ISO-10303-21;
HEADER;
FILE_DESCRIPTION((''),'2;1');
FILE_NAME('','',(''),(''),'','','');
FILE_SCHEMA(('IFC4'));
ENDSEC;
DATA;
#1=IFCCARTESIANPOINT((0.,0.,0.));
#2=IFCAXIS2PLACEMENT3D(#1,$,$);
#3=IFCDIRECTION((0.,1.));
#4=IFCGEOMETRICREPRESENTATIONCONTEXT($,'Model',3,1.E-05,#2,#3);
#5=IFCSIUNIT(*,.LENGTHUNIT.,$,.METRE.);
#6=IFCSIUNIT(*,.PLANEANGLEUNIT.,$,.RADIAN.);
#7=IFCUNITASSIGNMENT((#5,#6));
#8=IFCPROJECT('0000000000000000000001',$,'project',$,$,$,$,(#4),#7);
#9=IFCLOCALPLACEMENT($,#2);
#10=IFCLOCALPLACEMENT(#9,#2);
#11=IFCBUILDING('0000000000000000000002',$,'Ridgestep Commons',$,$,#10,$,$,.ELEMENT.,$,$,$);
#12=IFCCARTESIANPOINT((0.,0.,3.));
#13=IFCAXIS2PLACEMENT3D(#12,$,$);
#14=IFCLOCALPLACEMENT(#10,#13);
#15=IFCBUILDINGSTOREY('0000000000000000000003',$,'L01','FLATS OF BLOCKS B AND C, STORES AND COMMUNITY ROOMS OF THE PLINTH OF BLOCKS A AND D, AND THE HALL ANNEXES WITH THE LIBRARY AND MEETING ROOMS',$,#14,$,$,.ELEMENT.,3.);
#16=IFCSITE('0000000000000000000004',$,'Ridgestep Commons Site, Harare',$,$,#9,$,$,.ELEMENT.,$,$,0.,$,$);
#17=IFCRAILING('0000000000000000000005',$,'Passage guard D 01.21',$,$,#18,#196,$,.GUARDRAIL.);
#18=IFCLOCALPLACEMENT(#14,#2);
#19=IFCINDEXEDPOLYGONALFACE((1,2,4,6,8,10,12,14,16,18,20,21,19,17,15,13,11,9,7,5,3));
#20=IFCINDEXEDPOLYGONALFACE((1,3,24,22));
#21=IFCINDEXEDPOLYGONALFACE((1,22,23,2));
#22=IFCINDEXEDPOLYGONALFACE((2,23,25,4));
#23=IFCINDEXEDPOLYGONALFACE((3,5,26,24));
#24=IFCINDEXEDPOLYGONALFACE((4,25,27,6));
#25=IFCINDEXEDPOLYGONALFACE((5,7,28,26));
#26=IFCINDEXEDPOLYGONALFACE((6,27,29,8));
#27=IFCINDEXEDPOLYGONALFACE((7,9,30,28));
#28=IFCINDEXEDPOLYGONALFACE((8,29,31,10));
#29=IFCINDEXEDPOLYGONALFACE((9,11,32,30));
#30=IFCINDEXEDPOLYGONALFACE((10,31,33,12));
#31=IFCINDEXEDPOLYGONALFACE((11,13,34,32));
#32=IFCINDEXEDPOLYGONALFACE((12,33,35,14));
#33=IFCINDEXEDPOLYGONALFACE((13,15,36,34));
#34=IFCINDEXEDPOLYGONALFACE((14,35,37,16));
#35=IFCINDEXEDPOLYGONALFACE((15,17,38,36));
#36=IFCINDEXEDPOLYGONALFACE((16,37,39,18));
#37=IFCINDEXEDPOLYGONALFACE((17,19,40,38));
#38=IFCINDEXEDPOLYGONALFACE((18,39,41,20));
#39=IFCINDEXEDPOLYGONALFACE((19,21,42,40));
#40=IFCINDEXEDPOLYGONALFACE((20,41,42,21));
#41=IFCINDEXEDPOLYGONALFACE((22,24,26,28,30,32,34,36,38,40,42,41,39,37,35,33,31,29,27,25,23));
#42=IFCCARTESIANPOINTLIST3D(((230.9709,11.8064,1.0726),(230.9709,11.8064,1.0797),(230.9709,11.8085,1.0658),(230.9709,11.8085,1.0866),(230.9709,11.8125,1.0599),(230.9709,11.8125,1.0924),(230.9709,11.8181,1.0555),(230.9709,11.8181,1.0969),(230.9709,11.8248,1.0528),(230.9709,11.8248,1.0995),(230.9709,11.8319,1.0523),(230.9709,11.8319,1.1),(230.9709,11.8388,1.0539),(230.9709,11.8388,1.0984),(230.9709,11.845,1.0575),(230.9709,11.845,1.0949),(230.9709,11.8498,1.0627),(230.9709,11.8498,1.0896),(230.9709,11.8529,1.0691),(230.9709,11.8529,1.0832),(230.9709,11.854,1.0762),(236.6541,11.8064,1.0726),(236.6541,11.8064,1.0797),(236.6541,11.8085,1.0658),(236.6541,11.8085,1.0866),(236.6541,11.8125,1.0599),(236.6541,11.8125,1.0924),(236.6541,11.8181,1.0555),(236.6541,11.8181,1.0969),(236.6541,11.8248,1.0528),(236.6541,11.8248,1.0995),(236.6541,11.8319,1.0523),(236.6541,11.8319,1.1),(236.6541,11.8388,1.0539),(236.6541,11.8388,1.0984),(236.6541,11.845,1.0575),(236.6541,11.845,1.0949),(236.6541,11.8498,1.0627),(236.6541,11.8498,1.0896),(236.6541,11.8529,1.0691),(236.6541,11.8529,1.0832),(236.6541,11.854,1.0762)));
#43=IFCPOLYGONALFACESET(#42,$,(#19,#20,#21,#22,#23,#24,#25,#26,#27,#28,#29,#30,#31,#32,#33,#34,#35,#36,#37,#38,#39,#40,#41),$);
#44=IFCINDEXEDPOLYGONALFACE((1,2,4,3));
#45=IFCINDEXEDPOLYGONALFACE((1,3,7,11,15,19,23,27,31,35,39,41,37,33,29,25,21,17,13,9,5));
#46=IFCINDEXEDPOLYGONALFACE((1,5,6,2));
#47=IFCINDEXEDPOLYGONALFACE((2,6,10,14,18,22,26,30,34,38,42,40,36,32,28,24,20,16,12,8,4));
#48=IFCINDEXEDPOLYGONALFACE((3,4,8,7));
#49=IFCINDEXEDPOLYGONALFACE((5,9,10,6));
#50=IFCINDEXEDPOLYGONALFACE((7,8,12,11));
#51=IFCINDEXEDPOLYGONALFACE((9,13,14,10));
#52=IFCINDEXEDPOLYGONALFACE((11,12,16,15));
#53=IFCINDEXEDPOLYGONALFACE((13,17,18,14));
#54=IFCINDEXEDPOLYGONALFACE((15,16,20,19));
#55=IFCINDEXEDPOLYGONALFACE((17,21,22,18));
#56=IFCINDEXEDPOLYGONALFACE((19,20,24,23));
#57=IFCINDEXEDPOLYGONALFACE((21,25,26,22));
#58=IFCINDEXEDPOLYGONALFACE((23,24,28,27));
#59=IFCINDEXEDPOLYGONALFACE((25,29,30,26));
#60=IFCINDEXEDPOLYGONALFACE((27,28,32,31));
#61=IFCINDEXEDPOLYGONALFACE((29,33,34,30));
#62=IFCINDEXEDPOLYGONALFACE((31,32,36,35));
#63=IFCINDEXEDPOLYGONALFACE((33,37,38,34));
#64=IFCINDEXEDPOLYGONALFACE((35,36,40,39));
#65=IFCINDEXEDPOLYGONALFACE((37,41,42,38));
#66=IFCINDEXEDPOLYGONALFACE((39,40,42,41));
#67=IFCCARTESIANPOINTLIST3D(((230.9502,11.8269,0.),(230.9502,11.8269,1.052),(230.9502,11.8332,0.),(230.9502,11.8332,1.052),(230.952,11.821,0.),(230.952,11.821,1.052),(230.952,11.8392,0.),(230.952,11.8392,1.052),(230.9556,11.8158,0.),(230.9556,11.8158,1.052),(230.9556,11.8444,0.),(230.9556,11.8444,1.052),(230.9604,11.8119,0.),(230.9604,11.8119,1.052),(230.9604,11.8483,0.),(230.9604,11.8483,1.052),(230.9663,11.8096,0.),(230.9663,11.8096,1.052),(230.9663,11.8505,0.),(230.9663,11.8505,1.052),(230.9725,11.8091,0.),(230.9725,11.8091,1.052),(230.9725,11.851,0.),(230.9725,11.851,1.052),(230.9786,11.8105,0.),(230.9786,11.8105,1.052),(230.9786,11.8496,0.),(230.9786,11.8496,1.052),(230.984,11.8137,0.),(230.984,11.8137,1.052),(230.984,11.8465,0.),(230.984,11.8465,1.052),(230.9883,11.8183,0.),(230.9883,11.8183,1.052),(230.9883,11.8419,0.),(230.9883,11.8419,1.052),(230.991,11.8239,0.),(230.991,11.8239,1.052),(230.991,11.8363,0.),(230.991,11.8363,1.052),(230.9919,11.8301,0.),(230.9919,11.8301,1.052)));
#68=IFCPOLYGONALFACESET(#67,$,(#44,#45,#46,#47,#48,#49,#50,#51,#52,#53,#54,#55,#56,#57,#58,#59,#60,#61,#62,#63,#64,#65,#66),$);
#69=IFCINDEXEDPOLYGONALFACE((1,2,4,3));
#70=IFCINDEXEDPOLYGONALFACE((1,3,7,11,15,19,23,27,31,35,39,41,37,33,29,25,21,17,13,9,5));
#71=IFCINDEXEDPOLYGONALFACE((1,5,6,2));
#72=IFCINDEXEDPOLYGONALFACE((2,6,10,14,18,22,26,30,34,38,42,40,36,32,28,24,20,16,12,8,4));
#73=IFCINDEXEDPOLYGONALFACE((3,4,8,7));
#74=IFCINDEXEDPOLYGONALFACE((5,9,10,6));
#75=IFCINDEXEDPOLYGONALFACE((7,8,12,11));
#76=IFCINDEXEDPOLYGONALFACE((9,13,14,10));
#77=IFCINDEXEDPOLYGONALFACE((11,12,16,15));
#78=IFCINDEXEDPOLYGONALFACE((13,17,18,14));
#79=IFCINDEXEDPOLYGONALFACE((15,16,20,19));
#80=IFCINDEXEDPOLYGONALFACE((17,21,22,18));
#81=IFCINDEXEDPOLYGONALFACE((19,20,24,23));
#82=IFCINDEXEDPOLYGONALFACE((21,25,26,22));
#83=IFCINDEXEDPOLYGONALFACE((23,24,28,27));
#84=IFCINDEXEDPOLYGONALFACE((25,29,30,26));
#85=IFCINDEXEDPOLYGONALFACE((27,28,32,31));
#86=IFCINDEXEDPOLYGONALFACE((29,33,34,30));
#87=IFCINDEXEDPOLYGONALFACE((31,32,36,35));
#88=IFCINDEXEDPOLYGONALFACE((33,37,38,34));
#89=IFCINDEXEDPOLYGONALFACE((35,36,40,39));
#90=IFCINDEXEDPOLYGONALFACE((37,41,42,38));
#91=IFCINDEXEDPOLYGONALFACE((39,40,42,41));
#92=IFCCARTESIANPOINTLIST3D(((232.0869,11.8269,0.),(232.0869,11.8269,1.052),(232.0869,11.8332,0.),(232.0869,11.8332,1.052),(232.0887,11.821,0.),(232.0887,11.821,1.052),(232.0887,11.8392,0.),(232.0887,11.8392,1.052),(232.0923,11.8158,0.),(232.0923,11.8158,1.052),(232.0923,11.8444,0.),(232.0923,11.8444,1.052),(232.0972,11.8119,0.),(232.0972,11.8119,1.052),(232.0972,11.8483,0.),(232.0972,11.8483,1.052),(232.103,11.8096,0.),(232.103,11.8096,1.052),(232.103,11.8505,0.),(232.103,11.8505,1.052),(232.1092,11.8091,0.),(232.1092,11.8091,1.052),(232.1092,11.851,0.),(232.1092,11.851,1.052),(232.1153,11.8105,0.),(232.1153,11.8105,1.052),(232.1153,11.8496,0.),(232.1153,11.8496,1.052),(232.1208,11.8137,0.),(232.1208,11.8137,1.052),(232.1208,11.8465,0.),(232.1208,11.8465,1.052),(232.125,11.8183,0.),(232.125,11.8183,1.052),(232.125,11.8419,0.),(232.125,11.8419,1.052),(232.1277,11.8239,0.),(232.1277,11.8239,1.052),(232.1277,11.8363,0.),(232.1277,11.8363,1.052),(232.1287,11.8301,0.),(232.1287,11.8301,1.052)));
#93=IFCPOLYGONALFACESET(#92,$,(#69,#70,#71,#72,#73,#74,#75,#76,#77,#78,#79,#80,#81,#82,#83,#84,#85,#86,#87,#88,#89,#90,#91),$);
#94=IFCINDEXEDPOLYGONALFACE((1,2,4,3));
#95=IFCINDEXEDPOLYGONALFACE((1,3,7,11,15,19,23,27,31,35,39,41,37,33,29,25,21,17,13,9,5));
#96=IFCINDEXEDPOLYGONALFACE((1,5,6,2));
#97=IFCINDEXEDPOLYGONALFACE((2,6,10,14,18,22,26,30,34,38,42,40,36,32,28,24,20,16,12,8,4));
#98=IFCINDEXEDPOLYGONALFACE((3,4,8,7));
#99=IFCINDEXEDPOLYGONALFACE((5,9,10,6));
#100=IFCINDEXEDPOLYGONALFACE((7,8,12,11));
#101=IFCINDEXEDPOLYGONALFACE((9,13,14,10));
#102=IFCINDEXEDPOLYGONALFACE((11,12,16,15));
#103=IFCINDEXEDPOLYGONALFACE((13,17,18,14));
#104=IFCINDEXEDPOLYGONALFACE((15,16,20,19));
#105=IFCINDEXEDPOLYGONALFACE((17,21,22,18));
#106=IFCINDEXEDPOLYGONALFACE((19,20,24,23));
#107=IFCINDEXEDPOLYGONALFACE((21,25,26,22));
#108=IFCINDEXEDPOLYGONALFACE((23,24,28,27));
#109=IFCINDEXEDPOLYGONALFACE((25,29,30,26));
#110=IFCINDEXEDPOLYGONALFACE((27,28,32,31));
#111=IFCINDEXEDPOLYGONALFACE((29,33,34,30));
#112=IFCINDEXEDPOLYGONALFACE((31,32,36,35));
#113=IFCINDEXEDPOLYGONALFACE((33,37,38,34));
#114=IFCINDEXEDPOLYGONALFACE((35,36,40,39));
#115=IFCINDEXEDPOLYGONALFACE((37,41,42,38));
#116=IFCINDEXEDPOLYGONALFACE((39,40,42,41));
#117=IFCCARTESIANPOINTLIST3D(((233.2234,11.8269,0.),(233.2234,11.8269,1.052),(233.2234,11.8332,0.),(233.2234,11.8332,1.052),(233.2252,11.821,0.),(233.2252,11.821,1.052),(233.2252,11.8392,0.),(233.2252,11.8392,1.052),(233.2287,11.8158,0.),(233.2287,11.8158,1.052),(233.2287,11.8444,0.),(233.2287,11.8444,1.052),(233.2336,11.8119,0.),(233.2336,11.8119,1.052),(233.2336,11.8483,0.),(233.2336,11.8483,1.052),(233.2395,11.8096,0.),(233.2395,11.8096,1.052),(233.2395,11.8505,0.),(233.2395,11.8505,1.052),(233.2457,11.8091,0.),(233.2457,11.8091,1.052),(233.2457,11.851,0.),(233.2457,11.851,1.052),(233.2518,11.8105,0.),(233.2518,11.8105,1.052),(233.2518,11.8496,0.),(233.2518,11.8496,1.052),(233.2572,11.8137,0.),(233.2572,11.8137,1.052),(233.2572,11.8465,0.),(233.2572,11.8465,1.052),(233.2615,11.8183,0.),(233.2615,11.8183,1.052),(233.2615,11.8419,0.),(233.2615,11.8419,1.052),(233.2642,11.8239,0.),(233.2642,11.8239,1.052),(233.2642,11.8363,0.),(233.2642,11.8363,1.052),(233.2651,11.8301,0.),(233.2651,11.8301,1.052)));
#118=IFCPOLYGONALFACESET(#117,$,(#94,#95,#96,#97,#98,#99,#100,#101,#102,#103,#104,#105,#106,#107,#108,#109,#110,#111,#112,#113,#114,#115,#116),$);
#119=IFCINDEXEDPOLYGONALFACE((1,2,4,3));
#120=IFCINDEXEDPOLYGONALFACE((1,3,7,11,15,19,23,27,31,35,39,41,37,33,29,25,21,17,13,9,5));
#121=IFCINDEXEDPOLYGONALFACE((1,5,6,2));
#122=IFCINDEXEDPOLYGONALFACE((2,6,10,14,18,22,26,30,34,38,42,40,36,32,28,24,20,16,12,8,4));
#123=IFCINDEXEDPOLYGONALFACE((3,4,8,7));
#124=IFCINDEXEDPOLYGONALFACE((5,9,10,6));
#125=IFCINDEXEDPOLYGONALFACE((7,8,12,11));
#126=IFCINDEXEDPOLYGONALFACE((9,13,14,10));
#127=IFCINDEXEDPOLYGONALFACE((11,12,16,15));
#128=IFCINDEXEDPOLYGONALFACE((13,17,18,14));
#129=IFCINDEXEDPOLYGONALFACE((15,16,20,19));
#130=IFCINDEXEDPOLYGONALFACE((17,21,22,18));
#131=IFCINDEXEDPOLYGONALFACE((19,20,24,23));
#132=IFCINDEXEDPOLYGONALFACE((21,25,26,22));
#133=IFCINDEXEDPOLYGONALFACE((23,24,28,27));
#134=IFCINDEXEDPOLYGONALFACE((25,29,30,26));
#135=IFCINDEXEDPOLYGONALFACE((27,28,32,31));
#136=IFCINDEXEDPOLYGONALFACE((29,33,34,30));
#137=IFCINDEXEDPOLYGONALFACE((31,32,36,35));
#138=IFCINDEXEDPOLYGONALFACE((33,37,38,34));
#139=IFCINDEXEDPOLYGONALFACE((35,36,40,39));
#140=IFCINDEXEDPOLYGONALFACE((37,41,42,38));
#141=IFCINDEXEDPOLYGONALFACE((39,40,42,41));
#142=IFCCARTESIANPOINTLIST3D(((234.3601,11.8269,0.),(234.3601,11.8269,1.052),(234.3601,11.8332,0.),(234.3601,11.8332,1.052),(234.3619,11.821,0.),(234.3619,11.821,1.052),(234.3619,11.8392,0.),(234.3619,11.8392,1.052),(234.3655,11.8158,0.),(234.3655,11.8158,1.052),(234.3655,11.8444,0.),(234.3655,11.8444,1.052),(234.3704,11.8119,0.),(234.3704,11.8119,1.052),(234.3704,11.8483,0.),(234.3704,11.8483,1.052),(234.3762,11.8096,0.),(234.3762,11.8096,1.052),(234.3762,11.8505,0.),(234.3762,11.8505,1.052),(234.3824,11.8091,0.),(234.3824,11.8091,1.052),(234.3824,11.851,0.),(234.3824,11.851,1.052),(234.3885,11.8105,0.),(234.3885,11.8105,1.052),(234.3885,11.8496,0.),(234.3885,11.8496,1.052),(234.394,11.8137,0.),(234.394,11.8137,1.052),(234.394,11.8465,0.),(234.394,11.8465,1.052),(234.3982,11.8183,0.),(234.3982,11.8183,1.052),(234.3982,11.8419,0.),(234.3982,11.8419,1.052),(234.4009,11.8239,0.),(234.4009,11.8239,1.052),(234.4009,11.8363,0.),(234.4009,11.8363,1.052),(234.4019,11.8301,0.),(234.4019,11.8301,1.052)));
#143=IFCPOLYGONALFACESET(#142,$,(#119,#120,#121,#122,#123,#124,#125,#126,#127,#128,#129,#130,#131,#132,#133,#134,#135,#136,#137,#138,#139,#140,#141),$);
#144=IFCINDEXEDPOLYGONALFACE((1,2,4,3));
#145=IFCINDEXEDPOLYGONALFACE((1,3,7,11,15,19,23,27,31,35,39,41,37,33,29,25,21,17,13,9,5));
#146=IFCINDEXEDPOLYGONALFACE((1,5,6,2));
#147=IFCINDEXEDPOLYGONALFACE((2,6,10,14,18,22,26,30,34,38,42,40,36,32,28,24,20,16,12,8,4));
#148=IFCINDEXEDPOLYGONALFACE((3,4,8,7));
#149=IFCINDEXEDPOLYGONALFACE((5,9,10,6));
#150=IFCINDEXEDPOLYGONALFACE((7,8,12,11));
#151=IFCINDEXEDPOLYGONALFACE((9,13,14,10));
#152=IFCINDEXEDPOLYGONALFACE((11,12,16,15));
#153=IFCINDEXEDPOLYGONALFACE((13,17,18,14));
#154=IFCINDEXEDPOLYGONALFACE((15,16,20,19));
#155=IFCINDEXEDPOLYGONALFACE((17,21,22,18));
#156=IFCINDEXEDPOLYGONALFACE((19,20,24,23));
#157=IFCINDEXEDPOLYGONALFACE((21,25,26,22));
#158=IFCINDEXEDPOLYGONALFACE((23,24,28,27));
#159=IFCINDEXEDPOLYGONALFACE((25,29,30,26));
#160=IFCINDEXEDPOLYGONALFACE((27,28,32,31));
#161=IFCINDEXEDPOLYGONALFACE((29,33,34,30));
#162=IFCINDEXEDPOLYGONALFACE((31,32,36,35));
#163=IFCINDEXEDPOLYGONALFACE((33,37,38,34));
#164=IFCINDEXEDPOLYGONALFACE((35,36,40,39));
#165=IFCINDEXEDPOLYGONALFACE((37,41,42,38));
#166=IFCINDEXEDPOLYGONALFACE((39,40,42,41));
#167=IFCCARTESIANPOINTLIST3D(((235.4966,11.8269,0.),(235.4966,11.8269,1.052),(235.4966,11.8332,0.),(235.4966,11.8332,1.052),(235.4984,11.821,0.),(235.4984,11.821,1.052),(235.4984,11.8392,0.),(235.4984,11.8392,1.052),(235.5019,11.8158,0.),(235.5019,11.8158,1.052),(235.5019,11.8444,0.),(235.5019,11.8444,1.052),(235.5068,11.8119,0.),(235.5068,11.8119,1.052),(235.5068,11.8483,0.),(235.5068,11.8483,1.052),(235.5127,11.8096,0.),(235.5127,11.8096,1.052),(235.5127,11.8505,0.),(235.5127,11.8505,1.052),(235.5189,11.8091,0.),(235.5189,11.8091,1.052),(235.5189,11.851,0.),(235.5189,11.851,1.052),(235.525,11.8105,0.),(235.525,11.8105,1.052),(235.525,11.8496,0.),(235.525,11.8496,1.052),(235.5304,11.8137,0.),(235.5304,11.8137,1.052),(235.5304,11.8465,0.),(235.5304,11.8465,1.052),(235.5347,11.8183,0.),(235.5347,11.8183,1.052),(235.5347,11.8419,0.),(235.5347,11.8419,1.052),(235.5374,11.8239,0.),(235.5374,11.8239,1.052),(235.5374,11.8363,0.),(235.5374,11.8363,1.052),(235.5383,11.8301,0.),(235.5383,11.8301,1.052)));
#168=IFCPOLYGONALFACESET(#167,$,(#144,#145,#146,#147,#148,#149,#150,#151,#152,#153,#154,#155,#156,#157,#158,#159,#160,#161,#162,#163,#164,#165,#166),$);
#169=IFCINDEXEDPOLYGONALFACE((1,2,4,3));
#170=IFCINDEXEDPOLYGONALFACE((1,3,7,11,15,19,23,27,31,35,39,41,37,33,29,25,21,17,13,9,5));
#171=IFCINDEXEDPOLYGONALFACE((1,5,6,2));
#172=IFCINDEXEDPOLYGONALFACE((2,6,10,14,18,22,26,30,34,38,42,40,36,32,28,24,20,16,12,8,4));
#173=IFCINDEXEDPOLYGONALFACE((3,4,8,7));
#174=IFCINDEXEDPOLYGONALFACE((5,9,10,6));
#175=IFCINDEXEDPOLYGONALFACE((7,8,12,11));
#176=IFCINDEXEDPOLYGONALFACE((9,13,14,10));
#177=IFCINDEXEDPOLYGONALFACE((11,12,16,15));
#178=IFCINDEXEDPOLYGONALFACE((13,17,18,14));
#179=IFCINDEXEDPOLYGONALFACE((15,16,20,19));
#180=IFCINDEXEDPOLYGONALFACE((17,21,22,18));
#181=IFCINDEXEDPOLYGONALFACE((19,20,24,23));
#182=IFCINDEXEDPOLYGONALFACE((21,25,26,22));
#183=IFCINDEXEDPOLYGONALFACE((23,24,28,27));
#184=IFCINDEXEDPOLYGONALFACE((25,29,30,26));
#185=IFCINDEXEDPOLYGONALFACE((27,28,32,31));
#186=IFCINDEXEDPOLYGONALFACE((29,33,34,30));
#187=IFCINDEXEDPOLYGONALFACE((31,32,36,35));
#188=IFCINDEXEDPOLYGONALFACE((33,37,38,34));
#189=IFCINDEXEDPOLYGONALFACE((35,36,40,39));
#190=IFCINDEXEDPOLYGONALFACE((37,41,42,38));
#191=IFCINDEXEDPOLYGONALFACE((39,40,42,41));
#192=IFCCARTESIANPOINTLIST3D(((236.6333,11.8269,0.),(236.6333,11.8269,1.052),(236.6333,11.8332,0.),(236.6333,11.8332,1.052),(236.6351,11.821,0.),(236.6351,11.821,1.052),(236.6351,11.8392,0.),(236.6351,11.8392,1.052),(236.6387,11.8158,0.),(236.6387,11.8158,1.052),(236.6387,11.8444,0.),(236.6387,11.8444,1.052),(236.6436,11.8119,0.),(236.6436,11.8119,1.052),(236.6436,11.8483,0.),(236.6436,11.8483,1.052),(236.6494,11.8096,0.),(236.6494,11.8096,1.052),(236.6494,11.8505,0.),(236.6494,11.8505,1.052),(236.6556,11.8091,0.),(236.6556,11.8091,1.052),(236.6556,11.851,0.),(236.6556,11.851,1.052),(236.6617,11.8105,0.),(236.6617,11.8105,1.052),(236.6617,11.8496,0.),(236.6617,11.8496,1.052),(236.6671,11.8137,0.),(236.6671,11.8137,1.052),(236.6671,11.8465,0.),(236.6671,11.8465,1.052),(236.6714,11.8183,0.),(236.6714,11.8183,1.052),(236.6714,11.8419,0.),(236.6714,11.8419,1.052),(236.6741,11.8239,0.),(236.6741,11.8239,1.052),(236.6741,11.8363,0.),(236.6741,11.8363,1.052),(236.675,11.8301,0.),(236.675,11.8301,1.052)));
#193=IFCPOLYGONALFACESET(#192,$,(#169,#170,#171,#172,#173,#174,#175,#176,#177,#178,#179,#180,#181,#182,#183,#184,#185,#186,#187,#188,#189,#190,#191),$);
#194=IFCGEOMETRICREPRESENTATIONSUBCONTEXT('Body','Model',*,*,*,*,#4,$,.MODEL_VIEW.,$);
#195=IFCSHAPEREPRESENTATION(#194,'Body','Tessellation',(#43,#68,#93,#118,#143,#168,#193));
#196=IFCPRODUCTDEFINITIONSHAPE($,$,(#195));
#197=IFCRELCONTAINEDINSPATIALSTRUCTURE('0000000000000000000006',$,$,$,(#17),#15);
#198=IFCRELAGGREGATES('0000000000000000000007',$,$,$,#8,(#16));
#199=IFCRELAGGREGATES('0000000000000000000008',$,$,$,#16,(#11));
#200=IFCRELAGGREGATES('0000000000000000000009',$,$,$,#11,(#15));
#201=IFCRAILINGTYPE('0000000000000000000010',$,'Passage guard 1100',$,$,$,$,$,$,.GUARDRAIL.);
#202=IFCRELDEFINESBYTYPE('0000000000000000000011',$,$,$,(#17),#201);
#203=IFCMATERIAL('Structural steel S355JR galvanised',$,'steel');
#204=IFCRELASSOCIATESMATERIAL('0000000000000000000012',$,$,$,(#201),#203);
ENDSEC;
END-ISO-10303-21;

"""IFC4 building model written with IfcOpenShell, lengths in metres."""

from ifc_helpers import new_model, si_unit, direction, frame, origin, origin_2d, place, context, subcontext, project, spatial, circle, extrude, material, type_object, element, save


model = new_model("IFC4")

# Units and contexts
model_context = context("Model", 3, precision=1e-05, world=origin(), true_north=direction((0.0, 1.0)))
body_context = subcontext(model_context, "Body", "Model", "MODEL_VIEW")
ifc_project = project(units=[si_unit("LENGTHUNIT", "METRE"), si_unit("PLANEANGLEUNIT", "RADIAN")], contexts=[model_context])

# Site, building, storey
site_placement = place(None, origin())
site = spatial("IfcSite", under=ifc_project, at=site_placement, Name="Ridgestep Commons Site, Harare", CompositionType="ELEMENT", RefElevation=0.0)
building_placement = place(site_placement, origin())
building = spatial("IfcBuilding", under=site, at=building_placement, Name="Ridgestep Commons", CompositionType="ELEMENT")
storey_placement = place(building_placement, frame((0.0, 0.0, 3.0)))
storey = spatial("IfcBuildingStorey", under=building, at=storey_placement, Name="L01", Description="FLATS OF BLOCKS B AND C, STORES AND COMMUNITY ROOMS OF THE PLINTH OF BLOCKS A AND D, AND THE HALL ANNEXES WITH THE LIBRARY AND MEETING ROOMS", CompositionType="ELEMENT", Elevation=3.0)

# Railing
ifc_material_1 = material(Name="Structural steel S355JR galvanised", Category="steel")
railing_type = type_object("IfcRailingType", Name="Passage guard 1100", PredefinedType="GUARDRAIL", material=ifc_material_1)
railing_1_placement = place(storey_placement, frame((230.9709, 11.8301, 0.0)))
element("IfcRailing", 1, at=railing_1_placement, inside=storey, type_object=railing_type, Name="Passage guard D 01.21", PredefinedType="GUARDRAIL", context=body_context, shape_type="SweptSolid", body=[
    extrude(circle(Radius=0.0239, at=origin_2d()), frame((0.0, 0.0, 1.0762), z_axis=(1.0, 0.0, 0.0), x_axis=(0.0, 1.0, 0.0)), (0.0, 0.0, 1.0), 5.6831),
    extrude(circle(Radius=0.021, at=origin_2d()), origin(), (0.0, 0.0, 1.0), 1.052),
    extrude(circle(Radius=0.021, at=origin_2d()), frame((1.1367, 0.0, 0.0)), (0.0, 0.0, 1.0), 1.052),
    extrude(circle(Radius=0.021, at=origin_2d()), frame((2.2732, 0.0, 0.0)), (0.0, 0.0, 1.0), 1.052),
    extrude(circle(Radius=0.021, at=origin_2d()), frame((3.4099, 0.0, 0.0)), (0.0, 0.0, 1.0), 1.052),
    extrude(circle(Radius=0.021, at=origin_2d()), frame((4.5464, 0.0, 0.0)), (0.0, 0.0, 1.0), 1.052),
    extrude(circle(Radius=0.021, at=origin_2d()), frame((5.6831, 0.0, 0.0)), (0.0, 0.0, 1.0), 1.052),
])

save(model, "model.ifc")
